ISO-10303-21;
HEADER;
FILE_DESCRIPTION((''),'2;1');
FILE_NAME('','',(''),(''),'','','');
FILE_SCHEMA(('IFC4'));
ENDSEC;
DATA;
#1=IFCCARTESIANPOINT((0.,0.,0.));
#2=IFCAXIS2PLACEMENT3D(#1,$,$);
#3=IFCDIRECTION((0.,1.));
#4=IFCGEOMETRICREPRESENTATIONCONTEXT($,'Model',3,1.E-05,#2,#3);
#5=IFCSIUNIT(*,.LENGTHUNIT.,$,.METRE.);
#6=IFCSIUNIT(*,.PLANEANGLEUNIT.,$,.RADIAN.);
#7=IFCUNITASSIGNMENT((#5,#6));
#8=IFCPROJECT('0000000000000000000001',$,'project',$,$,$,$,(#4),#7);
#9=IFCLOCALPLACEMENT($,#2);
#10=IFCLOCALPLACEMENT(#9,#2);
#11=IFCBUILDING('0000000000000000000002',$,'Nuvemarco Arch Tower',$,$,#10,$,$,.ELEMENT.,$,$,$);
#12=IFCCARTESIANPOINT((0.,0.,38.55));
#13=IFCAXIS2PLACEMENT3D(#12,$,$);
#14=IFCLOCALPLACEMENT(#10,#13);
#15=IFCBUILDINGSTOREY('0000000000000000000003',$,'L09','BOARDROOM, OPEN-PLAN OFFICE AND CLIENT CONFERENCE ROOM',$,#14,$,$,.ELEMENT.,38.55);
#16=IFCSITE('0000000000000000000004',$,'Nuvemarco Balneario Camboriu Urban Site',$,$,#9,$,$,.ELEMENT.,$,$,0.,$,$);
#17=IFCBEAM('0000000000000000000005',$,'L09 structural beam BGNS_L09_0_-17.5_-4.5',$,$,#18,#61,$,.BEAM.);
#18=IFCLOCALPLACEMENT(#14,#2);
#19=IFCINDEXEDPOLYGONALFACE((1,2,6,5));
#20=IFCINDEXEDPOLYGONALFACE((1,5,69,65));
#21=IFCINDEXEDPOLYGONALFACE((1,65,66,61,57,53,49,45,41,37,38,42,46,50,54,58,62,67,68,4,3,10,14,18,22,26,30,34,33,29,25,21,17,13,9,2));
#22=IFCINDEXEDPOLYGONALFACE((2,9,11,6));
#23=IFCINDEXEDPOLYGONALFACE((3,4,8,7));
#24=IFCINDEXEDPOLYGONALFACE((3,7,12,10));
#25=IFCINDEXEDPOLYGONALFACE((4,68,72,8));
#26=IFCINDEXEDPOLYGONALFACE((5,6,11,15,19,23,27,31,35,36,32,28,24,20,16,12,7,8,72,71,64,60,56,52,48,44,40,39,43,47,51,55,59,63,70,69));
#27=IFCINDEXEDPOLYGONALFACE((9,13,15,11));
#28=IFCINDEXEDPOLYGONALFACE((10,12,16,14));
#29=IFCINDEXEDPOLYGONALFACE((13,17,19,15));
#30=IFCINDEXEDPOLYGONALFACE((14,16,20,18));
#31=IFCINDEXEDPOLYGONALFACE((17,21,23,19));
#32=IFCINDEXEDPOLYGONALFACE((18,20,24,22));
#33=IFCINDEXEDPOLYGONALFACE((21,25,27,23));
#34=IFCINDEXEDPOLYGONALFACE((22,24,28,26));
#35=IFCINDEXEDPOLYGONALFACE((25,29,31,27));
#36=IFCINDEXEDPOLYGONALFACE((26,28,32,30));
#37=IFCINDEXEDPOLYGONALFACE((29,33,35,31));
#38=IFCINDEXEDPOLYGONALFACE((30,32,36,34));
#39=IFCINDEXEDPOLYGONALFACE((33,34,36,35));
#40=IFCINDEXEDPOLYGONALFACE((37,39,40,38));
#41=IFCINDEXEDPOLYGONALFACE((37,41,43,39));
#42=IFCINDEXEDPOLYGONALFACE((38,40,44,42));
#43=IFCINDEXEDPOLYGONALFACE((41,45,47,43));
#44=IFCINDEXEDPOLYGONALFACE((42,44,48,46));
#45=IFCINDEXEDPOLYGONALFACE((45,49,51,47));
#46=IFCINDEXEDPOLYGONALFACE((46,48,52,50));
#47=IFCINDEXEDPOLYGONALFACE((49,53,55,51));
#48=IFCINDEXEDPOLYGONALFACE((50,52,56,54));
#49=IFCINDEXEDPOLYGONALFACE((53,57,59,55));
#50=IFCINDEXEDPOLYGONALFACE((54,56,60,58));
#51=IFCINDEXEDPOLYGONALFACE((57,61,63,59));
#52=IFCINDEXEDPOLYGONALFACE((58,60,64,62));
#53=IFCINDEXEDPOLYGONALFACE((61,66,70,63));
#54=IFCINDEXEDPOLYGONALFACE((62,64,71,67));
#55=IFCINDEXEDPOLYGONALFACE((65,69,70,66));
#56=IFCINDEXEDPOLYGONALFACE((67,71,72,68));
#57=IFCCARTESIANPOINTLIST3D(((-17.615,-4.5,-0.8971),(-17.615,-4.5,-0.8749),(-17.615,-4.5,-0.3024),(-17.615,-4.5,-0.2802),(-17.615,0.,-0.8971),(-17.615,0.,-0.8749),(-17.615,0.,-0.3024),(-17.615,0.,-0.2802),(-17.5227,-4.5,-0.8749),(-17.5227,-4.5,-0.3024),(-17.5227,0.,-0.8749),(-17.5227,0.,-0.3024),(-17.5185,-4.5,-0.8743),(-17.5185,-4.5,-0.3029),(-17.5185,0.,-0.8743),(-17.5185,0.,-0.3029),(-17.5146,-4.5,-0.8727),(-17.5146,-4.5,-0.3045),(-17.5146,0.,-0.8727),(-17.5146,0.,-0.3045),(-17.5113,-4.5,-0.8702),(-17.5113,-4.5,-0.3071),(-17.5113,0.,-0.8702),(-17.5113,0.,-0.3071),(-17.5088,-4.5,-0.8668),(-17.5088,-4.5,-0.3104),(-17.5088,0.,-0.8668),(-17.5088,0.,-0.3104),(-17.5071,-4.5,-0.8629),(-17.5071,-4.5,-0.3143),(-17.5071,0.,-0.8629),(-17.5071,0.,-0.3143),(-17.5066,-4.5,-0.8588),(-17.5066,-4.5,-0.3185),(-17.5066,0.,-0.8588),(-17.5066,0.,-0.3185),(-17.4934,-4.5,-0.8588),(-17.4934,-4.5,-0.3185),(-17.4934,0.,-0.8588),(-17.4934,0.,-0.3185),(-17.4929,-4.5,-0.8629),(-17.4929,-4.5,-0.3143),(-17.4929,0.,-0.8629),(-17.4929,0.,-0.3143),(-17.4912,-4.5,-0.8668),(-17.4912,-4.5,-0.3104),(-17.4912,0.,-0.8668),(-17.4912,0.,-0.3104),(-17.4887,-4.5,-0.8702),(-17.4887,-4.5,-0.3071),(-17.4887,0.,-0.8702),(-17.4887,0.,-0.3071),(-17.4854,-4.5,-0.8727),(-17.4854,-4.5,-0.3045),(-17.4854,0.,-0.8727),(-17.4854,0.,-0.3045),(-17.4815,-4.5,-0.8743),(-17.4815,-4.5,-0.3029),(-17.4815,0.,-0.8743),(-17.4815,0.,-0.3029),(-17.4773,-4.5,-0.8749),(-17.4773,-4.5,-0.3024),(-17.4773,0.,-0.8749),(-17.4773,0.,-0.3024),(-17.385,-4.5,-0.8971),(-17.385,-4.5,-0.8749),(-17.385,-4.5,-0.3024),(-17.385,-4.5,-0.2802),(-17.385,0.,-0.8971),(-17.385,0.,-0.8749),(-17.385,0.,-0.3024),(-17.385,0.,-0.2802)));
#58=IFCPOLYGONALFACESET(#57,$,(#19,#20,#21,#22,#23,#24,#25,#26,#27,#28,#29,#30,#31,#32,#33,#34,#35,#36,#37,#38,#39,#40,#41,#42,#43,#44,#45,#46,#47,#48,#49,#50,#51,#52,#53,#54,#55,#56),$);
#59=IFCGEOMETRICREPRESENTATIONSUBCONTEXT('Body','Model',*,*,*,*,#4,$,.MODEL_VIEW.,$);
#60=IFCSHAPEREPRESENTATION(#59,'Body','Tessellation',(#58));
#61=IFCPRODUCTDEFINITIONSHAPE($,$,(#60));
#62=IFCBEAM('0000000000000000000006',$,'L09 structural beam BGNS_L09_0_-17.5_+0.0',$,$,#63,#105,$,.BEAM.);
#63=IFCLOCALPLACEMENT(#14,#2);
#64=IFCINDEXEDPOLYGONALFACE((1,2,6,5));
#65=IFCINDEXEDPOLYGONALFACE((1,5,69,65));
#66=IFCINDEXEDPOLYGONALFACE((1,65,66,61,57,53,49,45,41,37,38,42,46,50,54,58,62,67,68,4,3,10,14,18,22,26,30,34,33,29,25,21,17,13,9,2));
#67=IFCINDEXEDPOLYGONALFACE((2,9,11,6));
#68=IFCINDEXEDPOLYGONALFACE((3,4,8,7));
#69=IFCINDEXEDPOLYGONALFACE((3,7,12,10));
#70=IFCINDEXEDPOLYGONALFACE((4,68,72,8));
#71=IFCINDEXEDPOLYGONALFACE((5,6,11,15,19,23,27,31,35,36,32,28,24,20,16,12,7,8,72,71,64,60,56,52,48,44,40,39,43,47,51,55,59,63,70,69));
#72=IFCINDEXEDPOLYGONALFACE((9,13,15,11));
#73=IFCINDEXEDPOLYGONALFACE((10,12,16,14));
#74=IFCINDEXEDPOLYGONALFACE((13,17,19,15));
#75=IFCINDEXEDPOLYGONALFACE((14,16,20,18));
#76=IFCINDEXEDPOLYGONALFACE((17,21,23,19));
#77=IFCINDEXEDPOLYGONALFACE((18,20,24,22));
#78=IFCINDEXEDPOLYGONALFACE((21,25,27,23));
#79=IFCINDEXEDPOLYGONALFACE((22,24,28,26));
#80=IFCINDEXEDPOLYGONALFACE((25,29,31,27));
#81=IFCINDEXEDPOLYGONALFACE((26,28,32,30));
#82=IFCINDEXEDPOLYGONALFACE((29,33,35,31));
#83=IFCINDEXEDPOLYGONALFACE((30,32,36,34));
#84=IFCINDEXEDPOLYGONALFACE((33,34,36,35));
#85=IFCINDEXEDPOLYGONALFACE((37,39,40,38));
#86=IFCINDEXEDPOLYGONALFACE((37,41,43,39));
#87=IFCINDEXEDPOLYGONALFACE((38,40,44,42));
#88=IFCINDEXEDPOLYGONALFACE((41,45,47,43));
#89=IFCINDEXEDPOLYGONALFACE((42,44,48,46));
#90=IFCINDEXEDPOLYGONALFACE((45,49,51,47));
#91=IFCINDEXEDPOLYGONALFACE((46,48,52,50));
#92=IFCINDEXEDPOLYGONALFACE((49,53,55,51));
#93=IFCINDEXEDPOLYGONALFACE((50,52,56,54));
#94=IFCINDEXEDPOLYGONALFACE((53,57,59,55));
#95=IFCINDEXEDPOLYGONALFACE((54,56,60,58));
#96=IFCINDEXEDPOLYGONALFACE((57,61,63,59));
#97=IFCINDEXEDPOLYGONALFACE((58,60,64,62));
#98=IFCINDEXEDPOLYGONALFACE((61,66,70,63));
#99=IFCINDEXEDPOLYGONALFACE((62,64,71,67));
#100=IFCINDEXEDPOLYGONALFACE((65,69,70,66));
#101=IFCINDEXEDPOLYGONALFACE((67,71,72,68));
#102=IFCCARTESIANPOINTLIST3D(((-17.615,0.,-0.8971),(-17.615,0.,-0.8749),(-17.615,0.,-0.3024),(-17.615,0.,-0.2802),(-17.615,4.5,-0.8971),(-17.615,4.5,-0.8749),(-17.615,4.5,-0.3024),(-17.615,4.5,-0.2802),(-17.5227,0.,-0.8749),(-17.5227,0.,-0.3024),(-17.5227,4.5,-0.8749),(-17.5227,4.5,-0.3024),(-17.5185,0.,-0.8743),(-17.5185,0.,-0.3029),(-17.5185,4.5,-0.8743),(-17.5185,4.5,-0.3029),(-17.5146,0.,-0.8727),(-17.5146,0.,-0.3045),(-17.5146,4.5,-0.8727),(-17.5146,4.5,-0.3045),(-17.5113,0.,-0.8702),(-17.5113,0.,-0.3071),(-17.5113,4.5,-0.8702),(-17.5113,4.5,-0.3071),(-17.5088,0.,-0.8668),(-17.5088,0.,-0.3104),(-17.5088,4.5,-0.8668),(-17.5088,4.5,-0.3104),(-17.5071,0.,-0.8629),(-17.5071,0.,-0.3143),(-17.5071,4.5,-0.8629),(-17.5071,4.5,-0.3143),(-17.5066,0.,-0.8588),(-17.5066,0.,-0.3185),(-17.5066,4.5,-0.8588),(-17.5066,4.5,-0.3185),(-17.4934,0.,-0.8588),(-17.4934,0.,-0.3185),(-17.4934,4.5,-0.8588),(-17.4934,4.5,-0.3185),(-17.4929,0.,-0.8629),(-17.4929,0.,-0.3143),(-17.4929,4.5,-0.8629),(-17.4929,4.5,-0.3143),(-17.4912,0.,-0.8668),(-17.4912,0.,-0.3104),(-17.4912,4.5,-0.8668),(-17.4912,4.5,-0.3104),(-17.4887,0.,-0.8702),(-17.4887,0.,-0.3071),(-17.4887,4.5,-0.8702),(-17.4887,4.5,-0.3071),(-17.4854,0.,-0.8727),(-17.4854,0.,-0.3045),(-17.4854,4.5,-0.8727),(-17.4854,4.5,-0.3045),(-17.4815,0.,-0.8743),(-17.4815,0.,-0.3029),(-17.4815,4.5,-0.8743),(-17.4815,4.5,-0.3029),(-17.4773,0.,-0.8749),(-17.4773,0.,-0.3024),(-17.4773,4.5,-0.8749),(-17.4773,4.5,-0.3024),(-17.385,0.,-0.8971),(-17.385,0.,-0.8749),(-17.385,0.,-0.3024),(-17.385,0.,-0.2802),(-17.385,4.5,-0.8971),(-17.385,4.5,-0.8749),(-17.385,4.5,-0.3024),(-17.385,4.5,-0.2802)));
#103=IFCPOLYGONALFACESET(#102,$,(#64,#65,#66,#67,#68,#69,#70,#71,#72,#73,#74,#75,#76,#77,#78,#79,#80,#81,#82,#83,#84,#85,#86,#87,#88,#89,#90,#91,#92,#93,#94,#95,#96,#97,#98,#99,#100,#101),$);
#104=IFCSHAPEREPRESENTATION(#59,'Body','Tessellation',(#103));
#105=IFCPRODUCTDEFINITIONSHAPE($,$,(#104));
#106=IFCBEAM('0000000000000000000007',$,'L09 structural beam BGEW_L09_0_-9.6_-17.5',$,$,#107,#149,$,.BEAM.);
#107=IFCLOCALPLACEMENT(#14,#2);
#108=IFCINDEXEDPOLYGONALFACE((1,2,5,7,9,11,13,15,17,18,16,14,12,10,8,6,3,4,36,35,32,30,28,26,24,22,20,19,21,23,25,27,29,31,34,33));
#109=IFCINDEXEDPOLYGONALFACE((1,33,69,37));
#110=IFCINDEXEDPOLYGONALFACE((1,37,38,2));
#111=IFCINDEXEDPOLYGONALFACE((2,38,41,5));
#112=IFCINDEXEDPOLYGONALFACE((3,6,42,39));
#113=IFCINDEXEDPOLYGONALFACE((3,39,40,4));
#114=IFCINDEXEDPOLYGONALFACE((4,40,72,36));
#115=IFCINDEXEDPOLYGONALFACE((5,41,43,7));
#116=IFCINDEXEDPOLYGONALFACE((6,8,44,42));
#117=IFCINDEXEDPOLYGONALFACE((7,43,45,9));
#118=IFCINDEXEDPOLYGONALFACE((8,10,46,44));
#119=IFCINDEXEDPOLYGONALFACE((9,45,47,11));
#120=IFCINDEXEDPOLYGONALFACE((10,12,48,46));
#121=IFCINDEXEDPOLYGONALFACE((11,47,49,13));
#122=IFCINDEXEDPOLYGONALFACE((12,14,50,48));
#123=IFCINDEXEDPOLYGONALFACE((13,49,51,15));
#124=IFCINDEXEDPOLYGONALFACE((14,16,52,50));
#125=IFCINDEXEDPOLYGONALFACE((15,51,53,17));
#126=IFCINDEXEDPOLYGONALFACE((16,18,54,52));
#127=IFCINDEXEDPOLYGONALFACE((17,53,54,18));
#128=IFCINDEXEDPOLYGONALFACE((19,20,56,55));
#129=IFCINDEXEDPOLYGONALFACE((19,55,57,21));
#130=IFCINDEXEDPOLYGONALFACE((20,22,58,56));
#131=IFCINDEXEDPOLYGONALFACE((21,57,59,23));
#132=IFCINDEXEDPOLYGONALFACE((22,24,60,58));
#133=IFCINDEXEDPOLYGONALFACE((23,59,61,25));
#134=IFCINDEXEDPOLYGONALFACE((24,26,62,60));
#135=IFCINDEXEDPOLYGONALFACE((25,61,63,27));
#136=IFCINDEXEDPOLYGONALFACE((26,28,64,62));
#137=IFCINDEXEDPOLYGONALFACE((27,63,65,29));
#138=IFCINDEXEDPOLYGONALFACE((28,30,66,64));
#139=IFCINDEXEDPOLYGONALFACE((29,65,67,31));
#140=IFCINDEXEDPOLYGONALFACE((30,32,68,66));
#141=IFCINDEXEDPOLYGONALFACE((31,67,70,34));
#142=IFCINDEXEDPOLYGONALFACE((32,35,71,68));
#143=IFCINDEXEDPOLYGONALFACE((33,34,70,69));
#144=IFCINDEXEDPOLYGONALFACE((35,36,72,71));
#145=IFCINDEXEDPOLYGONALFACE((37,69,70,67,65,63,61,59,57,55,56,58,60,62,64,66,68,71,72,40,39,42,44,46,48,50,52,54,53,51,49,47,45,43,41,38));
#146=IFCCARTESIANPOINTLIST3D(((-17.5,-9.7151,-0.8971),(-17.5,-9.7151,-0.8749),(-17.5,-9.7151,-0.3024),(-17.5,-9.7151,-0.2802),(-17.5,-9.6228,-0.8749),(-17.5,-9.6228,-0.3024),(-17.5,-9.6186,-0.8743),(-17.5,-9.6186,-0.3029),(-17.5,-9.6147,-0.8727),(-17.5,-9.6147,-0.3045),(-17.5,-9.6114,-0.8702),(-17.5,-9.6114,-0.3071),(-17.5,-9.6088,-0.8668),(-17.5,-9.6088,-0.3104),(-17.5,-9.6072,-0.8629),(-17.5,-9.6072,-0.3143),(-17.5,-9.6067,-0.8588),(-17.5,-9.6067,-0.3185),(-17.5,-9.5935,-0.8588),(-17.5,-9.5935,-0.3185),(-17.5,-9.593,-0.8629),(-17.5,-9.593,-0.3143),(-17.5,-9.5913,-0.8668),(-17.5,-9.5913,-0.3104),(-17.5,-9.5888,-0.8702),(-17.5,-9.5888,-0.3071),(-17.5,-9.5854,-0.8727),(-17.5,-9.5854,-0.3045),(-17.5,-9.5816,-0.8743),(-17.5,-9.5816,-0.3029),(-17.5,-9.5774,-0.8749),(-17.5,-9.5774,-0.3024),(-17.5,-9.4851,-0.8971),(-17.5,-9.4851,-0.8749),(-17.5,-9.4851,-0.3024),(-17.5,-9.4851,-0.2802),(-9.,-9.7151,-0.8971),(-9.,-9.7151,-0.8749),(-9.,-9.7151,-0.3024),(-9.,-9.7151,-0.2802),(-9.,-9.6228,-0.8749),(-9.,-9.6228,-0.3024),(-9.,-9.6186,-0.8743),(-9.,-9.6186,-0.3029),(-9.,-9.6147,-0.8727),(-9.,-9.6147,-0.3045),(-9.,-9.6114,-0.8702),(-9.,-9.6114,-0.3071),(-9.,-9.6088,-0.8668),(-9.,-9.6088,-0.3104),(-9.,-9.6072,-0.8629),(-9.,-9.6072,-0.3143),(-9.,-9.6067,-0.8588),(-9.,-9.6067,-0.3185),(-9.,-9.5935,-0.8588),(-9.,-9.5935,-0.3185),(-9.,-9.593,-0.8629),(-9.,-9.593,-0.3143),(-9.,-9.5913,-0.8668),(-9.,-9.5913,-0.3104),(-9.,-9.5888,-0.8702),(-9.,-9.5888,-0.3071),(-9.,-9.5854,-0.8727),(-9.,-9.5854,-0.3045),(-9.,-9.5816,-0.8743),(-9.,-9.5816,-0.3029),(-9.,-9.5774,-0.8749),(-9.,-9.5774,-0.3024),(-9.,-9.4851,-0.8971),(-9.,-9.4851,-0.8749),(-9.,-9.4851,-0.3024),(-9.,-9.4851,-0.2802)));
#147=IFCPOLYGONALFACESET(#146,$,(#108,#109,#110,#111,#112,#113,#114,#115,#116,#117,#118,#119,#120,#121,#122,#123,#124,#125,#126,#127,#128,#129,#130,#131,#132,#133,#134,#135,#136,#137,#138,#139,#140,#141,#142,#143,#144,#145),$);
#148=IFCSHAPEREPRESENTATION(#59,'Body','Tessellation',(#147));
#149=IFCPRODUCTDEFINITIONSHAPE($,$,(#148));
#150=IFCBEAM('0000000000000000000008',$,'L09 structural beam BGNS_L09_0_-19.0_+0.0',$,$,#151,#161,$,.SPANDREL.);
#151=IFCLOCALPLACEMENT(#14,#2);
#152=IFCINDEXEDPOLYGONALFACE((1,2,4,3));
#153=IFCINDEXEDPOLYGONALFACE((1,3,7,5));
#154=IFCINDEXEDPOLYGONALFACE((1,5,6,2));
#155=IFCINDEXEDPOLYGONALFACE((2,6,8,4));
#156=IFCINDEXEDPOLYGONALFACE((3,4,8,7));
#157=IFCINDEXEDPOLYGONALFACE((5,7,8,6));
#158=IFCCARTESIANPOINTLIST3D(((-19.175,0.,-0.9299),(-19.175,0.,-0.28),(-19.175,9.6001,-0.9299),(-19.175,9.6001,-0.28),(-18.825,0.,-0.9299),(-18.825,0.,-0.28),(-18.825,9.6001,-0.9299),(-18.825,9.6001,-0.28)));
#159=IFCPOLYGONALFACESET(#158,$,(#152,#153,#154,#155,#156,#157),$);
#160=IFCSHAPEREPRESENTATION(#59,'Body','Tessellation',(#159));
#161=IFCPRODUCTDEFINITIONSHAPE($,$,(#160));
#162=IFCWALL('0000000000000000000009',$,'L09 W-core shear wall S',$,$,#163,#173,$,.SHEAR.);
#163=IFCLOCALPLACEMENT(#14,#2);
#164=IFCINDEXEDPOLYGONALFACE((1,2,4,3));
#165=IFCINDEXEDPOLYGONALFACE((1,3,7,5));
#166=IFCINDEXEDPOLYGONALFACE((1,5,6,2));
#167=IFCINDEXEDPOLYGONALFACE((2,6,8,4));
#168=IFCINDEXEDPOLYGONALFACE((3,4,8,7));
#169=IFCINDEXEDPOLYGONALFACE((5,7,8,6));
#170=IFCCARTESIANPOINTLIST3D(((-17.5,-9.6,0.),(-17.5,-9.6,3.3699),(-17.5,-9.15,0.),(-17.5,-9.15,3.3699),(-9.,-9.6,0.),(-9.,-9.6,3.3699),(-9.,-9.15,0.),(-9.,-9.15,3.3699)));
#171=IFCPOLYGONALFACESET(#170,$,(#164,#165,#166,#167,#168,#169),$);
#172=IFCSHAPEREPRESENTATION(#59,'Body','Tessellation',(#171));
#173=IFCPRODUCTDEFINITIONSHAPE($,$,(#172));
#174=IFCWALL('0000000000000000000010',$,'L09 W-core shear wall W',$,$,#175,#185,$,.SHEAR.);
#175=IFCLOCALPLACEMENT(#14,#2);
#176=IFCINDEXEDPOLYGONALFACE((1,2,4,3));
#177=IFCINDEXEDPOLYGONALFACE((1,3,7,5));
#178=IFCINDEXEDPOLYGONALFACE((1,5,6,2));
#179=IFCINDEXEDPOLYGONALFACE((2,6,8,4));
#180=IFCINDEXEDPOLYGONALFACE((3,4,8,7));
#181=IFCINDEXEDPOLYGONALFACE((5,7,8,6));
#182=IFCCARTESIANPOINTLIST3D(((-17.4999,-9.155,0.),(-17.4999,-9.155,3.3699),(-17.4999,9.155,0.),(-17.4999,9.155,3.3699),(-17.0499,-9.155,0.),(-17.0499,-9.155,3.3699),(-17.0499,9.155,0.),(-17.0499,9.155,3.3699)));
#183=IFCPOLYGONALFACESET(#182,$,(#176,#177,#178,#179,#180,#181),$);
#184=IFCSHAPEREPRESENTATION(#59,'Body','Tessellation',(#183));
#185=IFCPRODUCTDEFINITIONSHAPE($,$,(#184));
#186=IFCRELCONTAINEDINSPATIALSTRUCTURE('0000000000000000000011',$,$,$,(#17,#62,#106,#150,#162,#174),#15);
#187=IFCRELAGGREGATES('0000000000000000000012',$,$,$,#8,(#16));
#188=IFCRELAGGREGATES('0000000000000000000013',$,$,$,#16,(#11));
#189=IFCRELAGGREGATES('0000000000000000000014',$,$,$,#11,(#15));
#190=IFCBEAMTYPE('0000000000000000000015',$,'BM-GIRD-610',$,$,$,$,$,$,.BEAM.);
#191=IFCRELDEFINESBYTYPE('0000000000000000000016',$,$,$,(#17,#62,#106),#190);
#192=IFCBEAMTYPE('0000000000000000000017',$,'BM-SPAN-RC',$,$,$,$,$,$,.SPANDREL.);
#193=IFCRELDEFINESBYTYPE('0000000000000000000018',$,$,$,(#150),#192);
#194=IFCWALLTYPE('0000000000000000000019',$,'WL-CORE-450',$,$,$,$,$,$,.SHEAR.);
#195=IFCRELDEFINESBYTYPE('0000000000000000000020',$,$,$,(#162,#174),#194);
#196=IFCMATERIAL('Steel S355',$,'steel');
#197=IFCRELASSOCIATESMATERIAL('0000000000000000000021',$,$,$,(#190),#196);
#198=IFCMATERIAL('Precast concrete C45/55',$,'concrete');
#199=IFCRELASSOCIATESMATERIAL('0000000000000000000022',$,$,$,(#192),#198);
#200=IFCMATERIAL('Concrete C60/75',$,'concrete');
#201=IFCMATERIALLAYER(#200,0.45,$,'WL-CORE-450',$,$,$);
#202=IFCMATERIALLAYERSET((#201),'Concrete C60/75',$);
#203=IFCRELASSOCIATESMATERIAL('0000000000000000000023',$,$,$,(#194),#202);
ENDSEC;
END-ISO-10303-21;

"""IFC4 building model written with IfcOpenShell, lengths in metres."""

from ifc_helpers import new_model, si_unit, direction, frame, frame_2d, origin, origin_2d, place, context, subcontext, project, spatial, rectangle, i_section, extrude, material, layer, layer_set, material_profile, profile_set, type_object, element, save


model = new_model("IFC4")

# Units and contexts
model_context = context("Model", 3, precision=1e-05, world=origin(), true_north=direction((0.0, 1.0)))
body_context = subcontext(model_context, "Body", "Model", "MODEL_VIEW")
ifc_project = project(units=[si_unit("LENGTHUNIT", "METRE"), si_unit("PLANEANGLEUNIT", "RADIAN")], contexts=[model_context])

# Site, building, storey
site_placement = place(None, origin())
site = spatial("IfcSite", under=ifc_project, at=site_placement, Name="Nuvemarco Balneario Camboriu Urban Site", CompositionType="ELEMENT", RefElevation=0.0)
building_placement = place(site_placement, origin())
building = spatial("IfcBuilding", under=site, at=building_placement, Name="Nuvemarco Arch Tower", CompositionType="ELEMENT")
storey_placement = place(building_placement, frame((0.0, 0.0, 38.55)))
storey = spatial("IfcBuildingStorey", under=building, at=storey_placement, Name="L09", Description="BOARDROOM, OPEN-PLAN OFFICE AND CLIENT CONFERENCE ROOM", CompositionType="ELEMENT", Elevation=38.55)

# Shared definitions
ifc_material_1 = material(Name="Concrete C60/75", Category="concrete")

# Beams
ifc_material_2 = material(Name="Steel S355", Category="steel")
ifc_material_profile_1 = material_profile(ifc_material_2, i_section(OverallWidth=0.23, OverallDepth=0.6169, WebThickness=0.0132, FlangeThickness=0.0222, FilletRadius=0.0161, at=origin_2d()), Name="W610x140")
ifc_profile_set_1 = profile_set([ifc_material_profile_1], Name="Steel S355")
beam_type_1 = type_object("IfcBeamType", Name="BM-GIRD-610", PredefinedType="BEAM", material=ifc_profile_set_1)
for number, where, z_axis, x_axis, name in (
    (1, (-17.5, -4.5, -0.5886), (0.0, 1.0, 0.0), (-1.0, 0.0, 0.0), "L09 structural beam BGNS_L09_0_-17.5_-4.5"),
    (2, (-17.5, 0.0, -0.5886), (0.0, 1.0, 0.0), (-1.0, 0.0, 0.0), "L09 structural beam BGNS_L09_0_-17.5_+0.0"),
):
    element("IfcBeam", number, at=place(storey_placement, frame(where, z_axis=z_axis, x_axis=x_axis)), inside=storey, type_object=beam_type_1, Name=name, PredefinedType="BEAM", context=body_context, shape_type="SweptSolid", body=[
        extrude(i_section(OverallWidth=0.23, OverallDepth=0.6169, WebThickness=0.0132, FlangeThickness=0.0222, FilletRadius=0.0161, at=origin_2d()), origin(), (0.0, 0.0, 1.0), 4.5),
    ])
beam_1_placement = place(storey_placement, frame((-17.5, -9.6001, -0.5886), z_axis=(1.0, 0.0, 0.0), x_axis=(0.0, 1.0, 0.0)))
element("IfcBeam", 3, at=beam_1_placement, inside=storey, type_object=beam_type_1, Name="L09 structural beam BGEW_L09_0_-9.6_-17.5", PredefinedType="BEAM", context=body_context, shape_type="SweptSolid", body=[
    extrude(i_section(OverallWidth=0.23, OverallDepth=0.6169, WebThickness=0.0132, FlangeThickness=0.0222, FilletRadius=0.0161, at=origin_2d()), origin(), (0.0, 0.0, 1.0), 8.5),
])
ifc_material_3 = material(Name="Precast concrete C45/55", Category="concrete")
ifc_material_profile_2 = material_profile(ifc_material_3, rectangle(XDim=0.3501, YDim=0.6499, at=origin_2d()), Name="PC-SP-350x650")
ifc_profile_set_2 = profile_set([ifc_material_profile_2], Name="Precast concrete C45/55")
beam_type_2 = type_object("IfcBeamType", Name="BM-SPAN-RC", PredefinedType="SPANDREL", material=ifc_profile_set_2)
beam_2_placement = place(storey_placement, frame((-19.0, 0.0, -0.605), z_axis=(0.0, 1.0, 0.0), x_axis=(-1.0, 0.0, 0.0)))
element("IfcBeam", 4, at=beam_2_placement, inside=storey, type_object=beam_type_2, Name="L09 structural beam BGNS_L09_0_-19.0_+0.0", PredefinedType="SPANDREL", context=body_context, shape_type="SweptSolid", body=[
    extrude(rectangle(XDim=0.3501, YDim=0.6499, at=origin_2d()), origin(), (0.0, 0.0, 1.0), 9.6001),
])

# Walls
ifc_layer_1 = layer(ifc_material_1, 0.45, Name="WL-CORE-450")
ifc_layer_set_1 = layer_set([ifc_layer_1], Name="Concrete C60/75")
wall_type_1 = type_object("IfcWallType", Name="WL-CORE-450", PredefinedType="SHEAR", material=ifc_layer_set_1)
wall_1_placement = place(storey_placement, frame((-17.5, -9.375, 0.0), z_axis=(0.0, 0.0, 1.0), x_axis=(1.0, 0.0, 0.0)))
element("IfcWall", 5, at=wall_1_placement, inside=storey, type_object=wall_type_1, Name="L09 W-core shear wall S", PredefinedType="SHEAR", context=body_context, shape_type="SweptSolid", body=[
    extrude(rectangle(XDim=8.5, YDim=0.45, at=frame_2d((4.25, 0.0))), origin(), (0.0, 0.0, 1.0), 3.3699),
])
wall_2_placement = place(storey_placement, frame((-17.2749, -9.155, 0.0), z_axis=(0.0, 0.0, 1.0), x_axis=(0.0, 1.0, 0.0)))
element("IfcWall", 6, at=wall_2_placement, inside=storey, type_object=wall_type_1, Name="L09 W-core shear wall W", PredefinedType="SHEAR", context=body_context, shape_type="SweptSolid", body=[
    extrude(rectangle(XDim=18.3101, YDim=0.45, at=frame_2d((9.155, 0.0))), origin(), (0.0, 0.0, 1.0), 3.3699),
])

save(model, "model.ifc")
